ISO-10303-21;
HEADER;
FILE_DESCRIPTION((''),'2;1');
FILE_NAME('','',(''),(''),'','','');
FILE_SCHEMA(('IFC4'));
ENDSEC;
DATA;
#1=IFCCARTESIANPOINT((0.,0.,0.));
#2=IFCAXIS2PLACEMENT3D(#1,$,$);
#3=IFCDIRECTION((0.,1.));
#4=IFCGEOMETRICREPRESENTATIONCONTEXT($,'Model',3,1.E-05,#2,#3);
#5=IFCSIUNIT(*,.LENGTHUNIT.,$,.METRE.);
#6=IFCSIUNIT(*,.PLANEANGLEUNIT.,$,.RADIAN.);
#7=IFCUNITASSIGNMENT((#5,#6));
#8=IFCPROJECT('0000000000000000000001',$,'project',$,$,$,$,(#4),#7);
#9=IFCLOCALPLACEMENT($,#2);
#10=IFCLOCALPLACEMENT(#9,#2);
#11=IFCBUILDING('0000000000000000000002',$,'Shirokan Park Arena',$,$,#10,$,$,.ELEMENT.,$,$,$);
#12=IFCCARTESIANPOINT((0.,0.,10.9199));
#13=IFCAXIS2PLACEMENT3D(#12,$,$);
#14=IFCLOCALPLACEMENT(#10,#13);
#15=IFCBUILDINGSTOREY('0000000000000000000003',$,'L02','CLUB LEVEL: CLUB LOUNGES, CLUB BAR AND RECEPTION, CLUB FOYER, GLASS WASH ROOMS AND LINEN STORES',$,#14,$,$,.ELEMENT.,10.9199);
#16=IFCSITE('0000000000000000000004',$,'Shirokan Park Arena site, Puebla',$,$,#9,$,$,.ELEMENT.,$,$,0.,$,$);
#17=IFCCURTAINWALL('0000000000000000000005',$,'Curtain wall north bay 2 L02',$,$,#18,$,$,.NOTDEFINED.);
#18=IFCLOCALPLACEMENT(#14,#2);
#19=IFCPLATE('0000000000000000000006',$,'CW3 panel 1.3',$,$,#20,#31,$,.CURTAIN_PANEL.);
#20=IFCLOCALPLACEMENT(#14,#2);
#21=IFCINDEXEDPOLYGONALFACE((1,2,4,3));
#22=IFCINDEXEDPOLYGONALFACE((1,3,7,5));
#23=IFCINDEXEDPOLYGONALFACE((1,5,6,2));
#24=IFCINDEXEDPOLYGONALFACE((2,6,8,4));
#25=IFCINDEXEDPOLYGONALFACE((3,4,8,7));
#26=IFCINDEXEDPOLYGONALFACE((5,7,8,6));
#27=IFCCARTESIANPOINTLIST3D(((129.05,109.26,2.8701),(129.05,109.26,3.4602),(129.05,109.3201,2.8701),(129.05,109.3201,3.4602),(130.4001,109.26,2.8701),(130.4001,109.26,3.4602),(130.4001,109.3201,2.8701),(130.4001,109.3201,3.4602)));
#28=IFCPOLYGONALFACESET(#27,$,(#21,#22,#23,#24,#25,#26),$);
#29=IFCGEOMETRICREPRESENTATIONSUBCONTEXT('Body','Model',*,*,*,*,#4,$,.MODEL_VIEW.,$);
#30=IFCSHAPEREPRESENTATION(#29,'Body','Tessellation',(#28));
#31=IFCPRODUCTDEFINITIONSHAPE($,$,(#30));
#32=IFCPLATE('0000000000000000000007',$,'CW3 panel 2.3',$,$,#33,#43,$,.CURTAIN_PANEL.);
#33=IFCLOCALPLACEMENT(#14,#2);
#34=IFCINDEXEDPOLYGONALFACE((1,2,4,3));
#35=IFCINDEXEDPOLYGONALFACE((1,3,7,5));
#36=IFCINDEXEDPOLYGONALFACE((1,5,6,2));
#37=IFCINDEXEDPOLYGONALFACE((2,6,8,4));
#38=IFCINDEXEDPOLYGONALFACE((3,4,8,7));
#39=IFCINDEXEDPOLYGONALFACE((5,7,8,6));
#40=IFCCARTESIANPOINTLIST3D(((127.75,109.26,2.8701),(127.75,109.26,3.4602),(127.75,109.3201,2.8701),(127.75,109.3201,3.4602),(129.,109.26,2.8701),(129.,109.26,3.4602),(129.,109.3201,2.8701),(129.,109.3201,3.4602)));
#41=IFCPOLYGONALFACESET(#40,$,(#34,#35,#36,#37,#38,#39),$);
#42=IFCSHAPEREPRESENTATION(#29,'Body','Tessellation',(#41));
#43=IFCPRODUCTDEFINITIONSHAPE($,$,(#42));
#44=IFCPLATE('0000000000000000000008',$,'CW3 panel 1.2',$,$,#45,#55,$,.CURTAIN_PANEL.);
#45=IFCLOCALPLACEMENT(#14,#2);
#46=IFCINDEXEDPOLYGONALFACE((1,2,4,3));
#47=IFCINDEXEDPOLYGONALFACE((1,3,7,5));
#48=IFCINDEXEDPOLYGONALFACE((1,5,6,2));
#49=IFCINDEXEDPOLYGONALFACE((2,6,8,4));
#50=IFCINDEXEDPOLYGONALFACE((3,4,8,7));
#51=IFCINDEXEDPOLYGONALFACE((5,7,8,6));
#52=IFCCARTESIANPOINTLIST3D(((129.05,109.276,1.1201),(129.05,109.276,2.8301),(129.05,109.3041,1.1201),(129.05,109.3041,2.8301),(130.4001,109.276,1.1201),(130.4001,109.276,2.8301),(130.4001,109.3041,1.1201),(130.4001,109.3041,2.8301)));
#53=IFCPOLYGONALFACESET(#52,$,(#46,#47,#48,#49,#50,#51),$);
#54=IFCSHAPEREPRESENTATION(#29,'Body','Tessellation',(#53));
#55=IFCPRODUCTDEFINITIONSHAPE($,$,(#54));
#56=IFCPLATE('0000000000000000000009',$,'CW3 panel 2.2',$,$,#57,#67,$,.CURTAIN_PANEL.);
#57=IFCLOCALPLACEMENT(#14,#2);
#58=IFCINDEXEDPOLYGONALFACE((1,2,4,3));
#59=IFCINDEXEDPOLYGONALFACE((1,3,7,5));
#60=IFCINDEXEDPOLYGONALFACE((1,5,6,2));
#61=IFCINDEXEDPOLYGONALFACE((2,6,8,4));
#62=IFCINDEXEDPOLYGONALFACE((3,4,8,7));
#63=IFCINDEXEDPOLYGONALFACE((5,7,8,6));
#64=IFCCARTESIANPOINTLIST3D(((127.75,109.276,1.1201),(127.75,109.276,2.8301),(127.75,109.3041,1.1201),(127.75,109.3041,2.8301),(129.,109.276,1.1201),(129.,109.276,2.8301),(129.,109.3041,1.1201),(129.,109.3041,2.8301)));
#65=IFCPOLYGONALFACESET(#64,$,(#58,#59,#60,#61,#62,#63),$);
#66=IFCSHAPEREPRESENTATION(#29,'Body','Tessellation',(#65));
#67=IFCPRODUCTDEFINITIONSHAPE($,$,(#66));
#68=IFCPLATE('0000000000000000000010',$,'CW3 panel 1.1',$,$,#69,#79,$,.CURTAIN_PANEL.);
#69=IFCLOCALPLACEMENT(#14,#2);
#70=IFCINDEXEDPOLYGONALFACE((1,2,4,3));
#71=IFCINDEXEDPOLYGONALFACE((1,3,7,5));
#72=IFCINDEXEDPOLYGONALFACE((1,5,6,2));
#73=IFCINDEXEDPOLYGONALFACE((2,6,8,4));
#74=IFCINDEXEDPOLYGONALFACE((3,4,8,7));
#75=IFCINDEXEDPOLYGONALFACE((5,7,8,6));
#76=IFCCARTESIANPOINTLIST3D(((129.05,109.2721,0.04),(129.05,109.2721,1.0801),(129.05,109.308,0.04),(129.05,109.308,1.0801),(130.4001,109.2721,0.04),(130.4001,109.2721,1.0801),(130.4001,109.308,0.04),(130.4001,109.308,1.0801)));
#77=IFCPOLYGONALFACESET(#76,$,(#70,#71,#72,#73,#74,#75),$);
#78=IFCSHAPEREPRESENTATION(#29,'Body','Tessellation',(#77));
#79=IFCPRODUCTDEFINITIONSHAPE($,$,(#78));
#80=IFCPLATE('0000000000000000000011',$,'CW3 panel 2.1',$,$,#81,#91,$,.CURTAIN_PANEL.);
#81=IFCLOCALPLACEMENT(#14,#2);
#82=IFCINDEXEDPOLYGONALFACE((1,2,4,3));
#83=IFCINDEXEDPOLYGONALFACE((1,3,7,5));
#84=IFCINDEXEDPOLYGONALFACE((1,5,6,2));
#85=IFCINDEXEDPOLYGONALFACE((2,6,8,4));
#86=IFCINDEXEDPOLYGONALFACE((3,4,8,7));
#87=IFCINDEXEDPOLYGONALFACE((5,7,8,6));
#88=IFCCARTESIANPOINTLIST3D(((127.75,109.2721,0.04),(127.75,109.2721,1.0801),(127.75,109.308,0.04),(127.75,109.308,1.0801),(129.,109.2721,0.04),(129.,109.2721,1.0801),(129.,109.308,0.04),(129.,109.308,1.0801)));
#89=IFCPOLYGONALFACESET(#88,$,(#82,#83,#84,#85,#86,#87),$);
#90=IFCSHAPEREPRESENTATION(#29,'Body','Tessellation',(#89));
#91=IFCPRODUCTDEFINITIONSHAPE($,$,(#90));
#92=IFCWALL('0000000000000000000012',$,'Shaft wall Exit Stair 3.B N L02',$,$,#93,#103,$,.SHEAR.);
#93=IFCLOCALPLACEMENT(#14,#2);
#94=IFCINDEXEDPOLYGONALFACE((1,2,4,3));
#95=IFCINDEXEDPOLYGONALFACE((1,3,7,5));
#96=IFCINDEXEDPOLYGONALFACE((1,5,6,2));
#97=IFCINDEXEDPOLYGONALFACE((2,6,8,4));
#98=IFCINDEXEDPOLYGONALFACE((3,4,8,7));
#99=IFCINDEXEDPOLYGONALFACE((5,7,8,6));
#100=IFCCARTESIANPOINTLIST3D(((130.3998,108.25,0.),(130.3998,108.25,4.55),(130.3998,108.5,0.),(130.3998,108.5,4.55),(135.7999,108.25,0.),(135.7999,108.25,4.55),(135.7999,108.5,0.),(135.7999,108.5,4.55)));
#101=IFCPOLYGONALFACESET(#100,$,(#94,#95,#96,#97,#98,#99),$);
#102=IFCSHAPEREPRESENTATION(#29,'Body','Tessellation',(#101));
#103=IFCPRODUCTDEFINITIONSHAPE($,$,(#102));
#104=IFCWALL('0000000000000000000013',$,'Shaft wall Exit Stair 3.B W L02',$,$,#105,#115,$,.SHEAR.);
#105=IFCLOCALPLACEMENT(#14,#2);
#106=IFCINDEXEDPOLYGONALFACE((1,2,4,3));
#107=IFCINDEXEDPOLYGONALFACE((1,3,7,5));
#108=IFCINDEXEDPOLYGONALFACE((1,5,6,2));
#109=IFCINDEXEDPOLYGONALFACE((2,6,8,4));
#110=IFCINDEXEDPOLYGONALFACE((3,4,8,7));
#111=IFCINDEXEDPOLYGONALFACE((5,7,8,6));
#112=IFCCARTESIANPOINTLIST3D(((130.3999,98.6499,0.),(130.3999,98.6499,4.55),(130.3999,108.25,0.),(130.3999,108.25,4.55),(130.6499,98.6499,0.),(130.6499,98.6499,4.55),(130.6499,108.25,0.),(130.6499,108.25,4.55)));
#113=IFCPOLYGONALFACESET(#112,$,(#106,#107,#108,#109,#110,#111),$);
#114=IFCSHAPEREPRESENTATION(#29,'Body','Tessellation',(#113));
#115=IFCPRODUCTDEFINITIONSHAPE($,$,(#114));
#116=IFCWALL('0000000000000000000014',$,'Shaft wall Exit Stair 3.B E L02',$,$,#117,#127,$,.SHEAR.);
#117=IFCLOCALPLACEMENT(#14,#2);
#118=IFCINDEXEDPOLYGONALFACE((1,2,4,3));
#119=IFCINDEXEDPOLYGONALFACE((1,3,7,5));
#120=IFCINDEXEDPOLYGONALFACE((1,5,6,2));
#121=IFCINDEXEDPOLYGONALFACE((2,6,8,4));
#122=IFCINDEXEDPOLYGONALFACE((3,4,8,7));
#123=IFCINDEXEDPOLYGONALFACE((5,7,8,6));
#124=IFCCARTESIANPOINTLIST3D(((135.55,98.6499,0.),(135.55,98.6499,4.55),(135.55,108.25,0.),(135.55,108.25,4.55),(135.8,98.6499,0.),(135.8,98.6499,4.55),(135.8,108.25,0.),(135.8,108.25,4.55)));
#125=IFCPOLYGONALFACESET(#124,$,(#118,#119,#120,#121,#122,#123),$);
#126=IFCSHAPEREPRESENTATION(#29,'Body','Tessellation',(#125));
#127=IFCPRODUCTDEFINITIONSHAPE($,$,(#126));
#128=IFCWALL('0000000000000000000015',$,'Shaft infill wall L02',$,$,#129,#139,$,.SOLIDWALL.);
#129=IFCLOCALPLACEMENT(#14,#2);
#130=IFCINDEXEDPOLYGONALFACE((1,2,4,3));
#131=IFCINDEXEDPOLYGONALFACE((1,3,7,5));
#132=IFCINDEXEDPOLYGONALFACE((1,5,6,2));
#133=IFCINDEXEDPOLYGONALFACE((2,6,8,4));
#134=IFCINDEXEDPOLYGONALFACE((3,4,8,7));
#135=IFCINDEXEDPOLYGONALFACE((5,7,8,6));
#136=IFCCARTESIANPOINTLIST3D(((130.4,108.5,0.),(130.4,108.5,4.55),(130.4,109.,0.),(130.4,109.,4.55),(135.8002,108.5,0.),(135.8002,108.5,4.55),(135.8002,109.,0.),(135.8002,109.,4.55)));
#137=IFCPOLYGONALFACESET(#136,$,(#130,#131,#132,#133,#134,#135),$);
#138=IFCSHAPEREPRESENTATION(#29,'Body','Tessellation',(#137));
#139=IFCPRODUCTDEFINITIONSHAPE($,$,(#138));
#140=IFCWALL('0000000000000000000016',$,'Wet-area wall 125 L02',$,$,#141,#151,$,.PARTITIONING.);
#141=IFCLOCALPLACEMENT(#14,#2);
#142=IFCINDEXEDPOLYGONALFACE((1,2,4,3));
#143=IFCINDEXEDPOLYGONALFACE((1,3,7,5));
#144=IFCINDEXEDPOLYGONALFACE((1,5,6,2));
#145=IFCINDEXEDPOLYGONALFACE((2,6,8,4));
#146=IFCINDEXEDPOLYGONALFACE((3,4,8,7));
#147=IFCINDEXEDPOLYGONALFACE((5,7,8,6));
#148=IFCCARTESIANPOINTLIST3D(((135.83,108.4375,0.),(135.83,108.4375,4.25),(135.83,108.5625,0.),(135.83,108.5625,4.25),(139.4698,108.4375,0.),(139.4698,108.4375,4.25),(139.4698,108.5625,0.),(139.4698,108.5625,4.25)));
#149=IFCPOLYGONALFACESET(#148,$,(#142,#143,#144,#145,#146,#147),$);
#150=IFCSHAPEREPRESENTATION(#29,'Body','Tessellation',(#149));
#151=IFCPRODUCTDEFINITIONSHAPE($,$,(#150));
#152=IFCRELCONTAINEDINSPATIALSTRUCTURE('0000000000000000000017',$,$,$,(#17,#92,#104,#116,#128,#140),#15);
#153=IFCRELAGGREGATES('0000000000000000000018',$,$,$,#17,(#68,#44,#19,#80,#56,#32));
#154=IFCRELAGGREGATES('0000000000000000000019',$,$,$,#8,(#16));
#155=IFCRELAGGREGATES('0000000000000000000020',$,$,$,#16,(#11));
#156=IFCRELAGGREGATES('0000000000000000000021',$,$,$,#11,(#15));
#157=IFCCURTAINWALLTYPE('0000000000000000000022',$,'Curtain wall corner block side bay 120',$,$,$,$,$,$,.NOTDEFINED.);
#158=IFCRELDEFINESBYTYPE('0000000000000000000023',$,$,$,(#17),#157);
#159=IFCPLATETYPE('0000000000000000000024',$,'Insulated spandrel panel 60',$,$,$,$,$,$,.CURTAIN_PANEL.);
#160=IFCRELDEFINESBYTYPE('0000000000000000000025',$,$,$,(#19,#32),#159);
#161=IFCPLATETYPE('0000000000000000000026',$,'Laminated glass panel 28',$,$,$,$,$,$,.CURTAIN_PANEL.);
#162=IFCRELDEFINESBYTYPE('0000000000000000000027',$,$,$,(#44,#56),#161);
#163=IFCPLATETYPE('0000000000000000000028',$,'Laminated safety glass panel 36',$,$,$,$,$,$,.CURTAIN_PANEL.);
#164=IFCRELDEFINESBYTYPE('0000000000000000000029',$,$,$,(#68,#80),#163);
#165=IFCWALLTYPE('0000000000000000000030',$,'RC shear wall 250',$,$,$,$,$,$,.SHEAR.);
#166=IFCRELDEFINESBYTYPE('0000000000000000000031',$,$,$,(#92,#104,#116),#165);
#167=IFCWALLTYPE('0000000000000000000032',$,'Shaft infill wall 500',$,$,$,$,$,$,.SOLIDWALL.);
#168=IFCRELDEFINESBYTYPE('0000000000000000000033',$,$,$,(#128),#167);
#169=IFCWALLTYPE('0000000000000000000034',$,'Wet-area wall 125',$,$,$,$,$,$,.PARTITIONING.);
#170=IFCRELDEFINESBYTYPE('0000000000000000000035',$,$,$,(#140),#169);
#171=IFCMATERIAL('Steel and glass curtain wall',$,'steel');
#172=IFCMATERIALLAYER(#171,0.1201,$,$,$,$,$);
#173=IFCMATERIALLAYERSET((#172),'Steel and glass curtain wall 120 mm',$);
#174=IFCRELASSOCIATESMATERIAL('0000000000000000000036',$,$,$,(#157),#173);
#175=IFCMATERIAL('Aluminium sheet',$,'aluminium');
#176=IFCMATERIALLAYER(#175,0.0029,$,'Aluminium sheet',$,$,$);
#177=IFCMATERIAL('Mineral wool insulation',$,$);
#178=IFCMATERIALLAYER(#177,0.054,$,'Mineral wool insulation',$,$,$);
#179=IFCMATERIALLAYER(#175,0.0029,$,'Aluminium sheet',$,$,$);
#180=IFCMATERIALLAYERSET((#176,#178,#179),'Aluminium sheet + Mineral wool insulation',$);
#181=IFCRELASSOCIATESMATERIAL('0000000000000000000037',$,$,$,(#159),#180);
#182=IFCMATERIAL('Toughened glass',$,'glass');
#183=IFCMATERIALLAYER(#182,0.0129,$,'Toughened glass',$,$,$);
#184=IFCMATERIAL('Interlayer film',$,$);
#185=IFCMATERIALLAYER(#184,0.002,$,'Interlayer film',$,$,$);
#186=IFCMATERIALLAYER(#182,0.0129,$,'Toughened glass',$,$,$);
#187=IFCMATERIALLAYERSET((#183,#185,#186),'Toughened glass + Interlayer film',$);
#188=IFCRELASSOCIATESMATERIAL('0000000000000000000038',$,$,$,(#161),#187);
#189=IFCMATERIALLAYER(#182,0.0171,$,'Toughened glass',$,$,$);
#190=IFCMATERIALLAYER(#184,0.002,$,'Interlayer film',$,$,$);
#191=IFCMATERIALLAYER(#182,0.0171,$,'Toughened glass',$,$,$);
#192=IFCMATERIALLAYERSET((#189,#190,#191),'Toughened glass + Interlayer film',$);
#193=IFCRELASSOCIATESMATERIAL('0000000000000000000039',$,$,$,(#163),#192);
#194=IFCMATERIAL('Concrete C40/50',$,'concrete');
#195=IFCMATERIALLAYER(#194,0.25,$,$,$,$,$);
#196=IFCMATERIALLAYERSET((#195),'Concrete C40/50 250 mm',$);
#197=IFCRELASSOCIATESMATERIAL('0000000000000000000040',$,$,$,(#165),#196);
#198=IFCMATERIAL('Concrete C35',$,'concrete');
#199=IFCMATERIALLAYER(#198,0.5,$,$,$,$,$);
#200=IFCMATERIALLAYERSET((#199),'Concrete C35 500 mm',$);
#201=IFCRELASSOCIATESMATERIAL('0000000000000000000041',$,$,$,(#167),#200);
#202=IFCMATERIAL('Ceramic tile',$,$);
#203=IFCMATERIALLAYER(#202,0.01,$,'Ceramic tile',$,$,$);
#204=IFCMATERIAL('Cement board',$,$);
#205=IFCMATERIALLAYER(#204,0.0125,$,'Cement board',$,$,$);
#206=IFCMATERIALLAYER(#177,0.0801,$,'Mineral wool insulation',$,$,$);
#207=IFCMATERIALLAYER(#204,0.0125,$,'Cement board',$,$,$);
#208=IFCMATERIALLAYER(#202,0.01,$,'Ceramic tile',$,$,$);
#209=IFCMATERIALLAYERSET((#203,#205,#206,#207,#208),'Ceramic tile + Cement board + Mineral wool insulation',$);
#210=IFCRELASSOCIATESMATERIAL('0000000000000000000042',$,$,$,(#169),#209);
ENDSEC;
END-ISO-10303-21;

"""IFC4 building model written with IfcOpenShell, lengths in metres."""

from ifc_helpers import new_model, si_unit, direction, frame, frame_2d, origin, origin_2d, place, context, subcontext, project, spatial, rectangle, extrude, material, layer, layer_set, type_object, element, aggregate, save


model = new_model("IFC4")

# Units and contexts
model_context = context("Model", 3, precision=1e-05, world=origin(), true_north=direction((0.0, 1.0)))
body_context = subcontext(model_context, "Body", "Model", "MODEL_VIEW")
ifc_project = project(units=[si_unit("LENGTHUNIT", "METRE"), si_unit("PLANEANGLEUNIT", "RADIAN")], contexts=[model_context])

# Site, building, storey
site_placement = place(None, origin())
site = spatial("IfcSite", under=ifc_project, at=site_placement, Name="Shirokan Park Arena site, Puebla", CompositionType="ELEMENT", RefElevation=0.0)
building_placement = place(site_placement, origin())
building = spatial("IfcBuilding", under=site, at=building_placement, Name="Shirokan Park Arena", CompositionType="ELEMENT")
storey_placement = place(building_placement, frame((0.0, 0.0, 10.9199)))
storey = spatial("IfcBuildingStorey", under=building, at=storey_placement, Name="L02", Description="CLUB LEVEL: CLUB LOUNGES, CLUB BAR AND RECEPTION, CLUB FOYER, GLASS WASH ROOMS AND LINEN STORES", CompositionType="ELEMENT", Elevation=10.9199)

# Curtain wall
ifc_material_1 = material(Name="Steel and glass curtain wall", Category="steel")
ifc_layer_1 = layer(ifc_material_1, 0.1201)
ifc_layer_set_1 = layer_set([ifc_layer_1], Name="Steel and glass curtain wall 120 mm")
curtain_wall_type = type_object("IfcCurtainWallType", Name="Curtain wall corner block side bay 120", PredefinedType="NOTDEFINED", material=ifc_layer_set_1)
curtain_wall_placement = place(storey_placement, origin())
curtain_wall = element("IfcCurtainWall", 1, at=curtain_wall_placement, inside=storey, type_object=curtain_wall_type, Name="Curtain wall north bay 2 L02", PredefinedType="NOTDEFINED")

# Shared definitions
ifc_material_2 = material(Name="Concrete C35", Category="concrete")

# Plates
ifc_material_3 = material(Name="Aluminium sheet", Category="aluminium")
ifc_layer_2 = layer(ifc_material_3, 0.0029, Name="Aluminium sheet")
ifc_material_4 = material(Name="Mineral wool insulation")
ifc_layer_3 = layer(ifc_material_4, 0.054, Name="Mineral wool insulation")
ifc_layer_4 = layer(ifc_material_3, 0.0029, Name="Aluminium sheet")
ifc_layer_set_2 = layer_set([ifc_layer_2, ifc_layer_3, ifc_layer_4], Name="Aluminium sheet + Mineral wool insulation")
plate_type_1 = type_object("IfcPlateType", Name="Insulated spandrel panel 60", PredefinedType="CURTAIN_PANEL", material=ifc_layer_set_2)
plate_1_placement = place(storey_placement, frame((129.7251, 109.29, 2.8701), z_axis=(0.0, 0.0, 1.0), x_axis=(-1.0, 0.0, 0.0)))
plate_1 = element("IfcPlate", 2, at=plate_1_placement, type_object=plate_type_1, Name="CW3 panel 1.3", PredefinedType="CURTAIN_PANEL", context=body_context, shape_type="SweptSolid", body=[
    extrude(rectangle(XDim=1.3501, YDim=0.0601, at=origin_2d()), origin(), (0.0, 0.0, 1.0), 0.5901),
])
plate_2_placement = place(storey_placement, frame((128.375, 109.29, 2.8701), z_axis=(0.0, 0.0, 1.0), x_axis=(-1.0, 0.0, 0.0)))
plate_2 = element("IfcPlate", 3, at=plate_2_placement, type_object=plate_type_1, Name="CW3 panel 2.3", PredefinedType="CURTAIN_PANEL", context=body_context, shape_type="SweptSolid", body=[
    extrude(rectangle(XDim=1.25, YDim=0.0601, at=origin_2d()), origin(), (0.0, 0.0, 1.0), 0.5901),
])
ifc_material_5 = material(Name="Toughened glass", Category="glass")
ifc_layer_5 = layer(ifc_material_5, 0.0129, Name="Toughened glass")
ifc_material_6 = material(Name="Interlayer film")
ifc_layer_6 = layer(ifc_material_6, 0.002, Name="Interlayer film")
ifc_layer_7 = layer(ifc_material_5, 0.0129, Name="Toughened glass")
ifc_layer_set_3 = layer_set([ifc_layer_5, ifc_layer_6, ifc_layer_7], Name="Toughened glass + Interlayer film")
plate_type_2 = type_object("IfcPlateType", Name="Laminated glass panel 28", PredefinedType="CURTAIN_PANEL", material=ifc_layer_set_3)
plate_3_placement = place(storey_placement, frame((129.7251, 109.29, 1.1201), z_axis=(0.0, 0.0, 1.0), x_axis=(-1.0, 0.0, 0.0)))
plate_3 = element("IfcPlate", 4, at=plate_3_placement, type_object=plate_type_2, Name="CW3 panel 1.2", PredefinedType="CURTAIN_PANEL", context=body_context, shape_type="SweptSolid", body=[
    extrude(rectangle(XDim=1.3501, YDim=0.0281, at=origin_2d()), origin(), (0.0, 0.0, 1.0), 1.71),
])
plate_4_placement = place(storey_placement, frame((128.375, 109.29, 1.1201), z_axis=(0.0, 0.0, 1.0), x_axis=(-1.0, 0.0, 0.0)))
plate_4 = element("IfcPlate", 5, at=plate_4_placement, type_object=plate_type_2, Name="CW3 panel 2.2", PredefinedType="CURTAIN_PANEL", context=body_context, shape_type="SweptSolid", body=[
    extrude(rectangle(XDim=1.25, YDim=0.0281, at=origin_2d()), origin(), (0.0, 0.0, 1.0), 1.71),
])
ifc_layer_8 = layer(ifc_material_5, 0.0171, Name="Toughened glass")
ifc_layer_9 = layer(ifc_material_6, 0.002, Name="Interlayer film")
ifc_layer_10 = layer(ifc_material_5, 0.0171, Name="Toughened glass")
ifc_layer_set_4 = layer_set([ifc_layer_8, ifc_layer_9, ifc_layer_10], Name="Toughened glass + Interlayer film")
plate_type_3 = type_object("IfcPlateType", Name="Laminated safety glass panel 36", PredefinedType="CURTAIN_PANEL", material=ifc_layer_set_4)
plate_5_placement = place(storey_placement, frame((129.7251, 109.29, 0.04), z_axis=(0.0, 0.0, 1.0), x_axis=(-1.0, 0.0, 0.0)))
plate_5 = element("IfcPlate", 6, at=plate_5_placement, type_object=plate_type_3, Name="CW3 panel 1.1", PredefinedType="CURTAIN_PANEL", context=body_context, shape_type="SweptSolid", body=[
    extrude(rectangle(XDim=1.3501, YDim=0.0359, at=origin_2d()), origin(), (0.0, 0.0, 1.0), 1.04),
])
plate_6_placement = place(storey_placement, frame((128.375, 109.29, 0.04), z_axis=(0.0, 0.0, 1.0), x_axis=(-1.0, 0.0, 0.0)))
plate_6 = element("IfcPlate", 7, at=plate_6_placement, type_object=plate_type_3, Name="CW3 panel 2.1", PredefinedType="CURTAIN_PANEL", context=body_context, shape_type="SweptSolid", body=[
    extrude(rectangle(XDim=1.25, YDim=0.0359, at=origin_2d()), origin(), (0.0, 0.0, 1.0), 1.04),
])
aggregate(curtain_wall, [plate_5, plate_3, plate_1, plate_6, plate_4, plate_2])

# Walls
ifc_material_7 = material(Name="Concrete C40/50", Category="concrete")
ifc_layer_11 = layer(ifc_material_7, 0.25)
ifc_layer_set_5 = layer_set([ifc_layer_11], Name="Concrete C40/50 250 mm")
wall_type_1 = type_object("IfcWallType", Name="RC shear wall 250", PredefinedType="SHEAR", material=ifc_layer_set_5)
wall_1_placement = place(storey_placement, frame((135.8, 108.375, 0.0), z_axis=(0.0, 0.0, 1.0), x_axis=(-1.0, 0.0, 0.0)))
element("IfcWall", 8, at=wall_1_placement, inside=storey, type_object=wall_type_1, Name="Shaft wall Exit Stair 3.B N L02", PredefinedType="SHEAR", context=body_context, shape_type="SweptSolid", body=[
    extrude(rectangle(XDim=5.4001, YDim=0.25, at=frame_2d((2.7002, 0.0))), origin(), (0.0, 0.0, 1.0), 4.55),
])
for number, where, z_axis, x_axis, name in (
    (9, (130.5249, 108.25, 0.0), (0.0, 0.0, 1.0), (0.0, -1.0, 0.0), "Shaft wall Exit Stair 3.B W L02"),
    (10, (135.675, 108.25, 0.0), (0.0, 0.0, 1.0), (0.0, -1.0, 0.0), "Shaft wall Exit Stair 3.B E L02"),
):
    element("IfcWall", number, at=place(storey_placement, frame(where, z_axis=z_axis, x_axis=x_axis)), inside=storey, type_object=wall_type_1, Name=name, PredefinedType="SHEAR", context=body_context, shape_type="SweptSolid", body=[
        extrude(rectangle(XDim=9.6001, YDim=0.25, at=frame_2d((4.8, 0.0))), origin(), (0.0, 0.0, 1.0), 4.55),
    ])
ifc_layer_12 = layer(ifc_material_2, 0.5)
ifc_layer_set_6 = layer_set([ifc_layer_12], Name="Concrete C35 500 mm")
wall_type_2 = type_object("IfcWallType", Name="Shaft infill wall 500", PredefinedType="SOLIDWALL", material=ifc_layer_set_6)
wall_2_placement = place(storey_placement, frame((130.3999, 108.75, 0.0), z_axis=(0.0, 0.0, 1.0), x_axis=(1.0, 0.0, 0.0)))
element("IfcWall", 11, at=wall_2_placement, inside=storey, type_object=wall_type_2, Name="Shaft infill wall L02", PredefinedType="SOLIDWALL", context=body_context, shape_type="SweptSolid", body=[
    extrude(rectangle(XDim=5.4001, YDim=0.5, at=frame_2d((2.7002, 0.0))), origin(), (0.0, 0.0, 1.0), 4.55),
])
ifc_material_8 = material(Name="Ceramic tile")
ifc_layer_13 = layer(ifc_material_8, 0.01, Name="Ceramic tile")
ifc_material_9 = material(Name="Cement board")
ifc_layer_14 = layer(ifc_material_9, 0.0125, Name="Cement board")
ifc_layer_15 = layer(ifc_material_4, 0.0801, Name="Mineral wool insulation")
ifc_layer_16 = layer(ifc_material_9, 0.0125, Name="Cement board")
ifc_layer_17 = layer(ifc_material_8, 0.01, Name="Ceramic tile")
ifc_layer_set_7 = layer_set([ifc_layer_13, ifc_layer_14, ifc_layer_15, ifc_layer_16, ifc_layer_17], Name="Ceramic tile + Cement board + Mineral wool insulation")
wall_type_3 = type_object("IfcWallType", Name="Wet-area wall 125", PredefinedType="PARTITIONING", material=ifc_layer_set_7)
wall_3_placement = place(storey_placement, frame((135.8301, 108.5, 0.0), z_axis=(0.0, 0.0, 1.0), x_axis=(1.0, 0.0, 0.0)))
element("IfcWall", 12, at=wall_3_placement, inside=storey, type_object=wall_type_3, Name="Wet-area wall 125 L02", PredefinedType="PARTITIONING", context=body_context, shape_type="SweptSolid", body=[
    extrude(rectangle(XDim=3.6399, YDim=0.125, at=frame_2d((1.8198, 0.0))), origin(), (0.0, 0.0, 1.0), 4.25),
])

save(model, "model.ifc")
